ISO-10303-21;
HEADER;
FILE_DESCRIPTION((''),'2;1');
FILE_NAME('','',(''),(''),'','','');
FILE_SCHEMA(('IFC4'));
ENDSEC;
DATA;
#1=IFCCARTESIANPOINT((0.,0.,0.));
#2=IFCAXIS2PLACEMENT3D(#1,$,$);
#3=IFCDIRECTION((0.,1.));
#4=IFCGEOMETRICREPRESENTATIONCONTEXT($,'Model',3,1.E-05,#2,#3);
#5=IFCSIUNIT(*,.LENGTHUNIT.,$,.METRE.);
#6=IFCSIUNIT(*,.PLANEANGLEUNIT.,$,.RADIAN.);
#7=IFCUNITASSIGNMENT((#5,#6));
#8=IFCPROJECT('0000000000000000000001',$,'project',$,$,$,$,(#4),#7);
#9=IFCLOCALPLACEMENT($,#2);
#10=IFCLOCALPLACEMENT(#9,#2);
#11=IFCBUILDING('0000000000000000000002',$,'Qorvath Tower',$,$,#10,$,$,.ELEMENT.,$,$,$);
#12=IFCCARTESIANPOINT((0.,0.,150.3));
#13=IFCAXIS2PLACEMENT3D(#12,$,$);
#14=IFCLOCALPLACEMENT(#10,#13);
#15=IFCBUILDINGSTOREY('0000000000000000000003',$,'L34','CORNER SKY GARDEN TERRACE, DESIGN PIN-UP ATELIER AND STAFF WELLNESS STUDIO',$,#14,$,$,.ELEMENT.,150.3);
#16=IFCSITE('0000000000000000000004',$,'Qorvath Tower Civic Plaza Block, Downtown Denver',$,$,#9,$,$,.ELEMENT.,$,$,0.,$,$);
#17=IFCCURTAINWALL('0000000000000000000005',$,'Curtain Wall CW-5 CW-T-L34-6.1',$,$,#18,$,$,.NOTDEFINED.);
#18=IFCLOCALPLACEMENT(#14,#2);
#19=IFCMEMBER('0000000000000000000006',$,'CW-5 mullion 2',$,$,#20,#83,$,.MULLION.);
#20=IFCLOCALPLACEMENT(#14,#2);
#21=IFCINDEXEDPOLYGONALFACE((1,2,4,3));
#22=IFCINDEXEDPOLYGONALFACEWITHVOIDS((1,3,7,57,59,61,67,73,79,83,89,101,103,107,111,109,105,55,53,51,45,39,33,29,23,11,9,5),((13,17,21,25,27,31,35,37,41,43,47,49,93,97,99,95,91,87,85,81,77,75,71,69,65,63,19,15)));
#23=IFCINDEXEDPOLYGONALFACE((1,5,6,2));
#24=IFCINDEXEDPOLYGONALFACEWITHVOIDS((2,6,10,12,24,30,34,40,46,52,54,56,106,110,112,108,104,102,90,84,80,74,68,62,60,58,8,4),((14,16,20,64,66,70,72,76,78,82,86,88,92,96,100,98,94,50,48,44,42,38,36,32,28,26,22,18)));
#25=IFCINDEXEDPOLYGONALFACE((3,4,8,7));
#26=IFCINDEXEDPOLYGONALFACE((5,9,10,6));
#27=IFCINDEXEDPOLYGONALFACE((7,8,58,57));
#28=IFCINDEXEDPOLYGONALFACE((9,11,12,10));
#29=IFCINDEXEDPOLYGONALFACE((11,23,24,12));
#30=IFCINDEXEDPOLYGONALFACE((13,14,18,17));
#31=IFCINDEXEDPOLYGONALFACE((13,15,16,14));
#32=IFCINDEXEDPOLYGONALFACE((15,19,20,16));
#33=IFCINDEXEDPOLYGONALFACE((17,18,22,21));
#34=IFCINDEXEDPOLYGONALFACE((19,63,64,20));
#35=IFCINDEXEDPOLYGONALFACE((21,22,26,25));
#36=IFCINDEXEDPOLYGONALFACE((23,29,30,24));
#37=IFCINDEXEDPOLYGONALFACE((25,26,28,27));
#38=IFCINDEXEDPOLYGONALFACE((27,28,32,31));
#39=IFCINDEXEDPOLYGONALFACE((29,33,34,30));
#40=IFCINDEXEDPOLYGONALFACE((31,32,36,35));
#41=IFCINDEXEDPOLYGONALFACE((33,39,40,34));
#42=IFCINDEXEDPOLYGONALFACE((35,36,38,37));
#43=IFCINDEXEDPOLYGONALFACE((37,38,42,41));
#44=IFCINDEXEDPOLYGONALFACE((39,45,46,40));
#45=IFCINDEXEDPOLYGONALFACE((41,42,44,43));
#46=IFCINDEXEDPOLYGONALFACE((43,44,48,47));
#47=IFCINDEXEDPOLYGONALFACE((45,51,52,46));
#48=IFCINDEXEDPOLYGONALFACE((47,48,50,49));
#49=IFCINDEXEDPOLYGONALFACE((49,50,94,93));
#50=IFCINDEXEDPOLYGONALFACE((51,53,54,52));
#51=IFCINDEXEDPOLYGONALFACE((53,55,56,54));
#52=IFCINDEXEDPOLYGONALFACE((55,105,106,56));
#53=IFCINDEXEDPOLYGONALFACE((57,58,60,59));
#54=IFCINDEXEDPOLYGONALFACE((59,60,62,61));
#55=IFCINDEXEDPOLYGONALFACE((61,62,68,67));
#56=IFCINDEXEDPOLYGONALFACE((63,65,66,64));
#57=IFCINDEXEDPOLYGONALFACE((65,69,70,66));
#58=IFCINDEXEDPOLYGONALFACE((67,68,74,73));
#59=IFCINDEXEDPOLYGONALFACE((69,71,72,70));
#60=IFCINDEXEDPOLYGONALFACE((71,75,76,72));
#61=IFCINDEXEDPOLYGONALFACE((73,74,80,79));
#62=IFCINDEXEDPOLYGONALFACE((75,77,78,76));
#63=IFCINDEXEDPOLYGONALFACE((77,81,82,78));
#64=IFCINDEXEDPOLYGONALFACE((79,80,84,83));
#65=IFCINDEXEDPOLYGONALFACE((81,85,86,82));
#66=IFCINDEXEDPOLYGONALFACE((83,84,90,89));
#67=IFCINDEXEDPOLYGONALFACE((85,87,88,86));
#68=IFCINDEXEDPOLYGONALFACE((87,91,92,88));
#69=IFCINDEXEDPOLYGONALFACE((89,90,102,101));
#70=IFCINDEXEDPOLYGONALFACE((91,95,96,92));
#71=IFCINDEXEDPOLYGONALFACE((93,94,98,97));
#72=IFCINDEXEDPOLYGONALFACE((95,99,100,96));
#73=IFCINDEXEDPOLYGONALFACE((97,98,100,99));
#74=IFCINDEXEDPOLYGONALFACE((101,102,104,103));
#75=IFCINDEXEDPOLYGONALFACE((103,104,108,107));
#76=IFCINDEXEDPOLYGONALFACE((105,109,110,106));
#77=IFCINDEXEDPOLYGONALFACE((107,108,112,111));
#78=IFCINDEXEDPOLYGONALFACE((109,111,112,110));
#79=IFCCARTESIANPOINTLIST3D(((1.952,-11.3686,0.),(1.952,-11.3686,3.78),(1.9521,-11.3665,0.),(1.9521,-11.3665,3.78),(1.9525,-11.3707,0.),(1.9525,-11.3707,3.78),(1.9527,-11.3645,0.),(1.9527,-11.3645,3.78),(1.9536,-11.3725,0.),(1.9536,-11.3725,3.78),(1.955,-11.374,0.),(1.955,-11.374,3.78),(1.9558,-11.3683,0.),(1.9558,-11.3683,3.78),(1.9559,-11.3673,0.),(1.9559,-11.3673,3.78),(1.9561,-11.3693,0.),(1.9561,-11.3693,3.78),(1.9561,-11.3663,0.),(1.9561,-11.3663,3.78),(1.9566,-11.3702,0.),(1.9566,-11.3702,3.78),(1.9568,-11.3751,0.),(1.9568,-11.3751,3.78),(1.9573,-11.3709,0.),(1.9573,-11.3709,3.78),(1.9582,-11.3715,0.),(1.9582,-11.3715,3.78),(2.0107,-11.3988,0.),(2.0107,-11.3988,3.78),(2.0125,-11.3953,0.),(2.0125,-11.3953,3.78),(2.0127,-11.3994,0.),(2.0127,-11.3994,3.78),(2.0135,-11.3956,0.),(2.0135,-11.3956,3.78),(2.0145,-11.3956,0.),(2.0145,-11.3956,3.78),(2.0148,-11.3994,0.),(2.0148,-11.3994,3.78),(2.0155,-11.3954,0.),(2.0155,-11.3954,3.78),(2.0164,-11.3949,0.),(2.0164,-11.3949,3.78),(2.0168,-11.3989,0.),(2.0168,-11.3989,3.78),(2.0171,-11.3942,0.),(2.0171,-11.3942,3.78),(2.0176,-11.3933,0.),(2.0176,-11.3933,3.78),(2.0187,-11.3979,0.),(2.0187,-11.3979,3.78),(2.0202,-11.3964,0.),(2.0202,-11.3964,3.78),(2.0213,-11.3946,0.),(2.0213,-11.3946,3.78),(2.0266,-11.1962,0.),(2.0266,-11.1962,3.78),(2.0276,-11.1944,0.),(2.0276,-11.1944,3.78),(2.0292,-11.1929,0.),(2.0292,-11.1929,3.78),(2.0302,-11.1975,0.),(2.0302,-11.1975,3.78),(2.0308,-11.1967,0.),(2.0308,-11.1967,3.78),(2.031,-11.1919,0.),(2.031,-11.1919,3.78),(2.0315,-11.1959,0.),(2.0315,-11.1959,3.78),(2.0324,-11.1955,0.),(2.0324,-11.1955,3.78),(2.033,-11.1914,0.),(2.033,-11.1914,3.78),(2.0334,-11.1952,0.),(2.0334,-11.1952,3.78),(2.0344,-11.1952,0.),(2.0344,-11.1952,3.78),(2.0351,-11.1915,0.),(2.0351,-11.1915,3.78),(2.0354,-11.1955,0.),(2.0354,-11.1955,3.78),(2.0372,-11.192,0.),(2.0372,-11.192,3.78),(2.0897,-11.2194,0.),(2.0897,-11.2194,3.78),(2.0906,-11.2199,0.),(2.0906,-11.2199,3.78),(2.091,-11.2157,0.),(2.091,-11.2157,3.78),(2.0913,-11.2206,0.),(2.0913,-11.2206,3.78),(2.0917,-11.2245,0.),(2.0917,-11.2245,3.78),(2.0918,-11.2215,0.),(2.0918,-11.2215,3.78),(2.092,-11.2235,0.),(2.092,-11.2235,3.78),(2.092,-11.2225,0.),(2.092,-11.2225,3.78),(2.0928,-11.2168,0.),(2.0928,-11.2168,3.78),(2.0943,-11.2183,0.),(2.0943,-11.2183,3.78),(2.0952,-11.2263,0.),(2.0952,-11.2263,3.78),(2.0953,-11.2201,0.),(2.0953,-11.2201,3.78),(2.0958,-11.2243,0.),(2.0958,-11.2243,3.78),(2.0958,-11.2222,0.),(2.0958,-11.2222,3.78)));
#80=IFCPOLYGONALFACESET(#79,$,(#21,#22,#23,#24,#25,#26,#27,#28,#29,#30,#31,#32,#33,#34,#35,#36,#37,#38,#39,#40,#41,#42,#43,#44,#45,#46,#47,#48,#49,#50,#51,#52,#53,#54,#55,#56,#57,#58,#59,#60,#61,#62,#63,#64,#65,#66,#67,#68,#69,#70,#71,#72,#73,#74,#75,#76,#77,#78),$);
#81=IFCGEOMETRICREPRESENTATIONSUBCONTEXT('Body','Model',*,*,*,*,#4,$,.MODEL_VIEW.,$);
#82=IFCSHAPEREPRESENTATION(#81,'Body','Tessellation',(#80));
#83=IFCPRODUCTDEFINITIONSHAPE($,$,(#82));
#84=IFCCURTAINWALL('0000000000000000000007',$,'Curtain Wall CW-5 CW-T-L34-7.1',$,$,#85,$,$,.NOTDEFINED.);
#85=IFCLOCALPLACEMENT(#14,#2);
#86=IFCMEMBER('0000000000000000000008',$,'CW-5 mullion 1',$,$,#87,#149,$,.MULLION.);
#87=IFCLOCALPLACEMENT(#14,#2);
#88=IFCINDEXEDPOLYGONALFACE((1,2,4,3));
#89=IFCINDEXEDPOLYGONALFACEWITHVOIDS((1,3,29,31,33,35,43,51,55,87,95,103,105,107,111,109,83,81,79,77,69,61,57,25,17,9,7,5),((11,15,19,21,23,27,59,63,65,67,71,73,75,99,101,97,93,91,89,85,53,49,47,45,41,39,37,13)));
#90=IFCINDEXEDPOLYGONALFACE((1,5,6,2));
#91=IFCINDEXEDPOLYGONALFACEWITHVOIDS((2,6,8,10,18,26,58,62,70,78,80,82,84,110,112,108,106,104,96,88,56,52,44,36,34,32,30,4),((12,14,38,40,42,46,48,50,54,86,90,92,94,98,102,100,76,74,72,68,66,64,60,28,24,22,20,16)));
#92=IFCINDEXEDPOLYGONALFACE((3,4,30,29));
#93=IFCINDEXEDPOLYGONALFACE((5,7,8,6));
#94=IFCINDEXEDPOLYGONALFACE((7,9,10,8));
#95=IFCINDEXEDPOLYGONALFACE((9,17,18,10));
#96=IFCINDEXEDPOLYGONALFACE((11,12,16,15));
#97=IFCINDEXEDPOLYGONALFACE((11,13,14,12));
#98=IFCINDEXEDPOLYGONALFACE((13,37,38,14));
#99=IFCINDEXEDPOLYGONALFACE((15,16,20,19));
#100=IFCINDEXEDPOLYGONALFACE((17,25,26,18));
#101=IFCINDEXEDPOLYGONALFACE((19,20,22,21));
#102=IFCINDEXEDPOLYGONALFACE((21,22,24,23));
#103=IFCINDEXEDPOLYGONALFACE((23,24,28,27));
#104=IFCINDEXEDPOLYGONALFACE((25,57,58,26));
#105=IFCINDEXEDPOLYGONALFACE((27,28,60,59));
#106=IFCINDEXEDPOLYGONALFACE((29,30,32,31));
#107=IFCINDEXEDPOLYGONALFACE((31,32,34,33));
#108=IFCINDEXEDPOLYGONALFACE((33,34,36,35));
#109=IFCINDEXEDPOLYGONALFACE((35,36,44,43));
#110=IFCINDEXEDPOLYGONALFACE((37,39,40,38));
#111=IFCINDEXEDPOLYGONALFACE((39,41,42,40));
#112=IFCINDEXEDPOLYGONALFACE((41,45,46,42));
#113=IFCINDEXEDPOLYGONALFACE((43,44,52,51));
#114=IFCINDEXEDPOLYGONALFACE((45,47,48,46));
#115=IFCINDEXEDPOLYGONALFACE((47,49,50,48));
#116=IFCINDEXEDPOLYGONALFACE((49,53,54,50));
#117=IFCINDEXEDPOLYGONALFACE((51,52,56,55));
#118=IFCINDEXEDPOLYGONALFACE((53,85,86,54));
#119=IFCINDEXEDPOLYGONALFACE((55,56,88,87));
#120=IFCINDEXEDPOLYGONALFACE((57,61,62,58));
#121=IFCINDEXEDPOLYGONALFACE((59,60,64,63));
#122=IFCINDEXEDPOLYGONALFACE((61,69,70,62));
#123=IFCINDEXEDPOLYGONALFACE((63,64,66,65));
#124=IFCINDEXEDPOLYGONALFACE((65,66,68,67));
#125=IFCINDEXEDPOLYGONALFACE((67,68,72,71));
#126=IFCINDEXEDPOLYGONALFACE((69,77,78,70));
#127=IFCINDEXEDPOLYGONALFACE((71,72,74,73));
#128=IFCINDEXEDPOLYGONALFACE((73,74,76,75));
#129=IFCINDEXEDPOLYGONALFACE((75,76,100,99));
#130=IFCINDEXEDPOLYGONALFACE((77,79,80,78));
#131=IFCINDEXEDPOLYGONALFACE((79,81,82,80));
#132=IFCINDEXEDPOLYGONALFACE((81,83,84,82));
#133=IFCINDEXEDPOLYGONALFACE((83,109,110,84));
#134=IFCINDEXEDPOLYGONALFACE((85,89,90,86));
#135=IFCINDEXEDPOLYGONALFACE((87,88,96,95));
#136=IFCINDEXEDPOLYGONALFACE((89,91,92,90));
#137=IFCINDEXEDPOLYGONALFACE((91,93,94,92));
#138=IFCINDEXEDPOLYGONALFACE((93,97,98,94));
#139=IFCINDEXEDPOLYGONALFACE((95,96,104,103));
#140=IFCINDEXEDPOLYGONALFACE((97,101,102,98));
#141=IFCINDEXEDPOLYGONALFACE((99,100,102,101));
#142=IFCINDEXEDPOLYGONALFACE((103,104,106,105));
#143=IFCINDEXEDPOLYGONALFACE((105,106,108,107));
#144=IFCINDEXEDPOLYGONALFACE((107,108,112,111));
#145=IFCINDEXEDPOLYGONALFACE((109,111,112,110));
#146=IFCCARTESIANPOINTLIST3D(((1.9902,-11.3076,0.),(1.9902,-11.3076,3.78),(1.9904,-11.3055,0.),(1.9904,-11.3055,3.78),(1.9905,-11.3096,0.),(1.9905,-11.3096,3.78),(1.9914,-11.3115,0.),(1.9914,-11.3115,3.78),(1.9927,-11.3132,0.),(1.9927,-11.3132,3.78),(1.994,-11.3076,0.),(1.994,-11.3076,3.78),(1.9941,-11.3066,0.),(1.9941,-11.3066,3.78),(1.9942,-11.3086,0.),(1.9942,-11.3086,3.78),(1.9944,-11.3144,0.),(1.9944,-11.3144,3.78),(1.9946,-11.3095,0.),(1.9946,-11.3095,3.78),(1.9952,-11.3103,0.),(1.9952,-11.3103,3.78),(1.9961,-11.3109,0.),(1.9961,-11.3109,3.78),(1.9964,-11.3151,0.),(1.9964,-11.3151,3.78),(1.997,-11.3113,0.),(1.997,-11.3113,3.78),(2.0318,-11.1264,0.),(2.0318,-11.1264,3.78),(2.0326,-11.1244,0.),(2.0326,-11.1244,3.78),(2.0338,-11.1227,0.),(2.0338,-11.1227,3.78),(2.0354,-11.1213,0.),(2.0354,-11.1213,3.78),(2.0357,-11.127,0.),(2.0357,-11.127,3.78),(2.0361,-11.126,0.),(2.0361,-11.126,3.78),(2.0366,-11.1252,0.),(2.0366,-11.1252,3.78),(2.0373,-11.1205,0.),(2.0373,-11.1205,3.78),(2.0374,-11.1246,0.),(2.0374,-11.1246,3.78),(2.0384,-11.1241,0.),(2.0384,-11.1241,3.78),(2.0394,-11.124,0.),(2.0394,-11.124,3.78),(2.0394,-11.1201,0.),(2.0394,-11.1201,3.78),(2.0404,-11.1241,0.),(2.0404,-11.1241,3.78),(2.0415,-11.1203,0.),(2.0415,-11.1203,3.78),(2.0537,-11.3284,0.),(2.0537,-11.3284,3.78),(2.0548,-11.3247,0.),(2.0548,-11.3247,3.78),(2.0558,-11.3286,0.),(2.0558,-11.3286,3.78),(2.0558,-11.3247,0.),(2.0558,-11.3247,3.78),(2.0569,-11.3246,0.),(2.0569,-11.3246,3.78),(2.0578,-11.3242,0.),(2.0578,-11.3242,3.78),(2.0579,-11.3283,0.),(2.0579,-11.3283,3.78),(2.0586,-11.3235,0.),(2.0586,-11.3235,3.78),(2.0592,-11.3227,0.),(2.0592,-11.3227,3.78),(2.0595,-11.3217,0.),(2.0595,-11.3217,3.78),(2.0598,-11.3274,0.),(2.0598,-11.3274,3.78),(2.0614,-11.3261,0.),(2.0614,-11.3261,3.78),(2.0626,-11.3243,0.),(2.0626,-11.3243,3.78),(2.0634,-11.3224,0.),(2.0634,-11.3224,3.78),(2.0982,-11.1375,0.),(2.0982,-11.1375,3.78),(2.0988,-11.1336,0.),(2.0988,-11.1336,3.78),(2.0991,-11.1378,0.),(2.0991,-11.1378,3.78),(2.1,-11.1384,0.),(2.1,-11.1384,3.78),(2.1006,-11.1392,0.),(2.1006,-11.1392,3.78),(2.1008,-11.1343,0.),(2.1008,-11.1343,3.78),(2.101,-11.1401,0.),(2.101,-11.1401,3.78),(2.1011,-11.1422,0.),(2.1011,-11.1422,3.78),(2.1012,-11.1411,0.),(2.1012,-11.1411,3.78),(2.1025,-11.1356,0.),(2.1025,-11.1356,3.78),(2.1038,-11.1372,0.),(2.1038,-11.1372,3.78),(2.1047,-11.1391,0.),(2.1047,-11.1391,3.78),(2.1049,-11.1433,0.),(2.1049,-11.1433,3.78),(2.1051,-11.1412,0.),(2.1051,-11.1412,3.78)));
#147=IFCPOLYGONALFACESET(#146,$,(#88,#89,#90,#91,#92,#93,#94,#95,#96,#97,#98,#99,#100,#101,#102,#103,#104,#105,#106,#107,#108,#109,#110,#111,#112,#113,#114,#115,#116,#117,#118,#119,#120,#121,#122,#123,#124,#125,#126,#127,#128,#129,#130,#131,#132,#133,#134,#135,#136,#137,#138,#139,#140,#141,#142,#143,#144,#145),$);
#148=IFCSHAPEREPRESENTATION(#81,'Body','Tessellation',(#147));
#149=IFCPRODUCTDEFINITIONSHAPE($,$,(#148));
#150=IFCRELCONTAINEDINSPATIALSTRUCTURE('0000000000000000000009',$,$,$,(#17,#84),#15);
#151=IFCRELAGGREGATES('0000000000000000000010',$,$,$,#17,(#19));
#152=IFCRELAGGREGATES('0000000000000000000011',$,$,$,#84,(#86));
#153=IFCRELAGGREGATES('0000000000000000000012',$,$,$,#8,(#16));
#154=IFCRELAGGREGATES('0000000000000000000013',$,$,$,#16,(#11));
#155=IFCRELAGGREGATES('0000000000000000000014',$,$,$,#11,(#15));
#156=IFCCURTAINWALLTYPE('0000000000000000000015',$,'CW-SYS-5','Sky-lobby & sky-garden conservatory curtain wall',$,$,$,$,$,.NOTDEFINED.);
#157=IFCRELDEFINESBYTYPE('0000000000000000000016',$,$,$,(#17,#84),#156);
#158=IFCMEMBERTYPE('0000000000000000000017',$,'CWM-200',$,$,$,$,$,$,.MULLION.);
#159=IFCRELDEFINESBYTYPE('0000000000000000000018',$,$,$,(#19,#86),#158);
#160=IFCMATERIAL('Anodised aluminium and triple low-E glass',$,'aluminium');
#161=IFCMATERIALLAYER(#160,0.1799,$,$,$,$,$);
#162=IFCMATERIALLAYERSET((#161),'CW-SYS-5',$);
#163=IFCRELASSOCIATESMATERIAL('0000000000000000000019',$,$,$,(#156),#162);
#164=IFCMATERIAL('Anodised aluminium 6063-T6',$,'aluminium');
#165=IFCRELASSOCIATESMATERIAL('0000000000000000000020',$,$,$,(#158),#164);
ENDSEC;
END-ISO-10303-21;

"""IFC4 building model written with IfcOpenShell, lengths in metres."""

from ifc_helpers import new_model, si_unit, direction, frame, origin, origin_2d, place, context, subcontext, project, spatial, hollow_rectangle, extrude, material, layer, layer_set, material_profile, profile_set, type_object, element, aggregate, save


model = new_model("IFC4")

# Units and contexts
model_context = context("Model", 3, precision=1e-05, world=origin(), true_north=direction((0.0, 1.0)))
body_context = subcontext(model_context, "Body", "Model", "MODEL_VIEW")
ifc_project = project(units=[si_unit("LENGTHUNIT", "METRE"), si_unit("PLANEANGLEUNIT", "RADIAN")], contexts=[model_context])

# Site, building, storey
site_placement = place(None, origin())
site = spatial("IfcSite", under=ifc_project, at=site_placement, Name="Qorvath Tower Civic Plaza Block, Downtown Denver", CompositionType="ELEMENT", RefElevation=0.0)
building_placement = place(site_placement, origin())
building = spatial("IfcBuilding", under=site, at=building_placement, Name="Qorvath Tower", CompositionType="ELEMENT")
storey_placement = place(building_placement, frame((0.0, 0.0, 150.3)))
storey = spatial("IfcBuildingStorey", under=building, at=storey_placement, Name="L34", Description="CORNER SKY GARDEN TERRACE, DESIGN PIN-UP ATELIER AND STAFF WELLNESS STUDIO", CompositionType="ELEMENT", Elevation=150.3)

# Shared definitions
ifc_material_1 = material(Name="Anodised aluminium and triple low-E glass", Category="aluminium")
ifc_layer_1 = layer(ifc_material_1, 0.1799)
ifc_layer_set_1 = layer_set([ifc_layer_1], Name="CW-SYS-5")
curtain_wall_type = type_object("IfcCurtainWallType", Name="CW-SYS-5", Description="Sky-lobby & sky-garden conservatory curtain wall", PredefinedType="NOTDEFINED", material=ifc_layer_set_1)
ifc_material_2 = material(Name="Anodised aluminium 6063-T6", Category="aluminium")
ifc_material_profile_1 = material_profile(ifc_material_2, hollow_rectangle(XDim=0.075, YDim=0.2, WallThickness=0.0039, InnerFilletRadius=0.0039, OuterFilletRadius=0.0081, at=origin_2d()), Name="CWM 200x75")
ifc_profile_set_1 = profile_set([ifc_material_profile_1], Name="Anodised aluminium 6063-T6")
member_type_1 = type_object("IfcMemberType", Name="CWM-200", PredefinedType="MULLION", material=ifc_profile_set_1)

# Curtain wall, member
curtain_wall_1_placement = place(storey_placement, origin())
curtain_wall_1 = element("IfcCurtainWall", 1, at=curtain_wall_1_placement, inside=storey, type_object=curtain_wall_type, Name="Curtain Wall CW-5 CW-T-L34-6.1", PredefinedType="NOTDEFINED")
member_1_placement = place(storey_placement, frame((2.0239, -11.2954, 0.0), z_axis=(0.0, 0.0, 1.0), x_axis=(-0.915683, 0.401902, 0.0)))
member_1 = element("IfcMember", 2, at=member_1_placement, type_object=member_type_1, Name="CW-5 mullion 2", PredefinedType="MULLION", context=body_context, shape_type="SweptSolid", body=[
    extrude(hollow_rectangle(XDim=0.075, YDim=0.2, WallThickness=0.0039, InnerFilletRadius=0.0039, OuterFilletRadius=0.0081, at=origin_2d()), origin(), (0.0, 0.0, 1.0), 3.78),
])

# Curtain wall, member
curtain_wall_2_placement = place(storey_placement, origin())
curtain_wall_2 = element("IfcCurtainWall", 3, at=curtain_wall_2_placement, inside=storey, type_object=curtain_wall_type, Name="Curtain Wall CW-5 CW-T-L34-7.1", PredefinedType="NOTDEFINED")
member_2_placement = place(storey_placement, frame((2.0476, -11.2244, 0.0), z_axis=(0.0, 0.0, 1.0), x_axis=(-0.974213, 0.225631, 0.0)))
member_2 = element("IfcMember", 4, at=member_2_placement, type_object=member_type_1, Name="CW-5 mullion 1", PredefinedType="MULLION", context=body_context, shape_type="SweptSolid", body=[
    extrude(hollow_rectangle(XDim=0.075, YDim=0.2, WallThickness=0.0039, InnerFilletRadius=0.0039, OuterFilletRadius=0.0081, at=origin_2d()), origin(), (0.0, 0.0, 1.0), 3.78),
])

aggregate(curtain_wall_1, [member_1])
aggregate(curtain_wall_2, [member_2])

save(model, "model.ifc")
